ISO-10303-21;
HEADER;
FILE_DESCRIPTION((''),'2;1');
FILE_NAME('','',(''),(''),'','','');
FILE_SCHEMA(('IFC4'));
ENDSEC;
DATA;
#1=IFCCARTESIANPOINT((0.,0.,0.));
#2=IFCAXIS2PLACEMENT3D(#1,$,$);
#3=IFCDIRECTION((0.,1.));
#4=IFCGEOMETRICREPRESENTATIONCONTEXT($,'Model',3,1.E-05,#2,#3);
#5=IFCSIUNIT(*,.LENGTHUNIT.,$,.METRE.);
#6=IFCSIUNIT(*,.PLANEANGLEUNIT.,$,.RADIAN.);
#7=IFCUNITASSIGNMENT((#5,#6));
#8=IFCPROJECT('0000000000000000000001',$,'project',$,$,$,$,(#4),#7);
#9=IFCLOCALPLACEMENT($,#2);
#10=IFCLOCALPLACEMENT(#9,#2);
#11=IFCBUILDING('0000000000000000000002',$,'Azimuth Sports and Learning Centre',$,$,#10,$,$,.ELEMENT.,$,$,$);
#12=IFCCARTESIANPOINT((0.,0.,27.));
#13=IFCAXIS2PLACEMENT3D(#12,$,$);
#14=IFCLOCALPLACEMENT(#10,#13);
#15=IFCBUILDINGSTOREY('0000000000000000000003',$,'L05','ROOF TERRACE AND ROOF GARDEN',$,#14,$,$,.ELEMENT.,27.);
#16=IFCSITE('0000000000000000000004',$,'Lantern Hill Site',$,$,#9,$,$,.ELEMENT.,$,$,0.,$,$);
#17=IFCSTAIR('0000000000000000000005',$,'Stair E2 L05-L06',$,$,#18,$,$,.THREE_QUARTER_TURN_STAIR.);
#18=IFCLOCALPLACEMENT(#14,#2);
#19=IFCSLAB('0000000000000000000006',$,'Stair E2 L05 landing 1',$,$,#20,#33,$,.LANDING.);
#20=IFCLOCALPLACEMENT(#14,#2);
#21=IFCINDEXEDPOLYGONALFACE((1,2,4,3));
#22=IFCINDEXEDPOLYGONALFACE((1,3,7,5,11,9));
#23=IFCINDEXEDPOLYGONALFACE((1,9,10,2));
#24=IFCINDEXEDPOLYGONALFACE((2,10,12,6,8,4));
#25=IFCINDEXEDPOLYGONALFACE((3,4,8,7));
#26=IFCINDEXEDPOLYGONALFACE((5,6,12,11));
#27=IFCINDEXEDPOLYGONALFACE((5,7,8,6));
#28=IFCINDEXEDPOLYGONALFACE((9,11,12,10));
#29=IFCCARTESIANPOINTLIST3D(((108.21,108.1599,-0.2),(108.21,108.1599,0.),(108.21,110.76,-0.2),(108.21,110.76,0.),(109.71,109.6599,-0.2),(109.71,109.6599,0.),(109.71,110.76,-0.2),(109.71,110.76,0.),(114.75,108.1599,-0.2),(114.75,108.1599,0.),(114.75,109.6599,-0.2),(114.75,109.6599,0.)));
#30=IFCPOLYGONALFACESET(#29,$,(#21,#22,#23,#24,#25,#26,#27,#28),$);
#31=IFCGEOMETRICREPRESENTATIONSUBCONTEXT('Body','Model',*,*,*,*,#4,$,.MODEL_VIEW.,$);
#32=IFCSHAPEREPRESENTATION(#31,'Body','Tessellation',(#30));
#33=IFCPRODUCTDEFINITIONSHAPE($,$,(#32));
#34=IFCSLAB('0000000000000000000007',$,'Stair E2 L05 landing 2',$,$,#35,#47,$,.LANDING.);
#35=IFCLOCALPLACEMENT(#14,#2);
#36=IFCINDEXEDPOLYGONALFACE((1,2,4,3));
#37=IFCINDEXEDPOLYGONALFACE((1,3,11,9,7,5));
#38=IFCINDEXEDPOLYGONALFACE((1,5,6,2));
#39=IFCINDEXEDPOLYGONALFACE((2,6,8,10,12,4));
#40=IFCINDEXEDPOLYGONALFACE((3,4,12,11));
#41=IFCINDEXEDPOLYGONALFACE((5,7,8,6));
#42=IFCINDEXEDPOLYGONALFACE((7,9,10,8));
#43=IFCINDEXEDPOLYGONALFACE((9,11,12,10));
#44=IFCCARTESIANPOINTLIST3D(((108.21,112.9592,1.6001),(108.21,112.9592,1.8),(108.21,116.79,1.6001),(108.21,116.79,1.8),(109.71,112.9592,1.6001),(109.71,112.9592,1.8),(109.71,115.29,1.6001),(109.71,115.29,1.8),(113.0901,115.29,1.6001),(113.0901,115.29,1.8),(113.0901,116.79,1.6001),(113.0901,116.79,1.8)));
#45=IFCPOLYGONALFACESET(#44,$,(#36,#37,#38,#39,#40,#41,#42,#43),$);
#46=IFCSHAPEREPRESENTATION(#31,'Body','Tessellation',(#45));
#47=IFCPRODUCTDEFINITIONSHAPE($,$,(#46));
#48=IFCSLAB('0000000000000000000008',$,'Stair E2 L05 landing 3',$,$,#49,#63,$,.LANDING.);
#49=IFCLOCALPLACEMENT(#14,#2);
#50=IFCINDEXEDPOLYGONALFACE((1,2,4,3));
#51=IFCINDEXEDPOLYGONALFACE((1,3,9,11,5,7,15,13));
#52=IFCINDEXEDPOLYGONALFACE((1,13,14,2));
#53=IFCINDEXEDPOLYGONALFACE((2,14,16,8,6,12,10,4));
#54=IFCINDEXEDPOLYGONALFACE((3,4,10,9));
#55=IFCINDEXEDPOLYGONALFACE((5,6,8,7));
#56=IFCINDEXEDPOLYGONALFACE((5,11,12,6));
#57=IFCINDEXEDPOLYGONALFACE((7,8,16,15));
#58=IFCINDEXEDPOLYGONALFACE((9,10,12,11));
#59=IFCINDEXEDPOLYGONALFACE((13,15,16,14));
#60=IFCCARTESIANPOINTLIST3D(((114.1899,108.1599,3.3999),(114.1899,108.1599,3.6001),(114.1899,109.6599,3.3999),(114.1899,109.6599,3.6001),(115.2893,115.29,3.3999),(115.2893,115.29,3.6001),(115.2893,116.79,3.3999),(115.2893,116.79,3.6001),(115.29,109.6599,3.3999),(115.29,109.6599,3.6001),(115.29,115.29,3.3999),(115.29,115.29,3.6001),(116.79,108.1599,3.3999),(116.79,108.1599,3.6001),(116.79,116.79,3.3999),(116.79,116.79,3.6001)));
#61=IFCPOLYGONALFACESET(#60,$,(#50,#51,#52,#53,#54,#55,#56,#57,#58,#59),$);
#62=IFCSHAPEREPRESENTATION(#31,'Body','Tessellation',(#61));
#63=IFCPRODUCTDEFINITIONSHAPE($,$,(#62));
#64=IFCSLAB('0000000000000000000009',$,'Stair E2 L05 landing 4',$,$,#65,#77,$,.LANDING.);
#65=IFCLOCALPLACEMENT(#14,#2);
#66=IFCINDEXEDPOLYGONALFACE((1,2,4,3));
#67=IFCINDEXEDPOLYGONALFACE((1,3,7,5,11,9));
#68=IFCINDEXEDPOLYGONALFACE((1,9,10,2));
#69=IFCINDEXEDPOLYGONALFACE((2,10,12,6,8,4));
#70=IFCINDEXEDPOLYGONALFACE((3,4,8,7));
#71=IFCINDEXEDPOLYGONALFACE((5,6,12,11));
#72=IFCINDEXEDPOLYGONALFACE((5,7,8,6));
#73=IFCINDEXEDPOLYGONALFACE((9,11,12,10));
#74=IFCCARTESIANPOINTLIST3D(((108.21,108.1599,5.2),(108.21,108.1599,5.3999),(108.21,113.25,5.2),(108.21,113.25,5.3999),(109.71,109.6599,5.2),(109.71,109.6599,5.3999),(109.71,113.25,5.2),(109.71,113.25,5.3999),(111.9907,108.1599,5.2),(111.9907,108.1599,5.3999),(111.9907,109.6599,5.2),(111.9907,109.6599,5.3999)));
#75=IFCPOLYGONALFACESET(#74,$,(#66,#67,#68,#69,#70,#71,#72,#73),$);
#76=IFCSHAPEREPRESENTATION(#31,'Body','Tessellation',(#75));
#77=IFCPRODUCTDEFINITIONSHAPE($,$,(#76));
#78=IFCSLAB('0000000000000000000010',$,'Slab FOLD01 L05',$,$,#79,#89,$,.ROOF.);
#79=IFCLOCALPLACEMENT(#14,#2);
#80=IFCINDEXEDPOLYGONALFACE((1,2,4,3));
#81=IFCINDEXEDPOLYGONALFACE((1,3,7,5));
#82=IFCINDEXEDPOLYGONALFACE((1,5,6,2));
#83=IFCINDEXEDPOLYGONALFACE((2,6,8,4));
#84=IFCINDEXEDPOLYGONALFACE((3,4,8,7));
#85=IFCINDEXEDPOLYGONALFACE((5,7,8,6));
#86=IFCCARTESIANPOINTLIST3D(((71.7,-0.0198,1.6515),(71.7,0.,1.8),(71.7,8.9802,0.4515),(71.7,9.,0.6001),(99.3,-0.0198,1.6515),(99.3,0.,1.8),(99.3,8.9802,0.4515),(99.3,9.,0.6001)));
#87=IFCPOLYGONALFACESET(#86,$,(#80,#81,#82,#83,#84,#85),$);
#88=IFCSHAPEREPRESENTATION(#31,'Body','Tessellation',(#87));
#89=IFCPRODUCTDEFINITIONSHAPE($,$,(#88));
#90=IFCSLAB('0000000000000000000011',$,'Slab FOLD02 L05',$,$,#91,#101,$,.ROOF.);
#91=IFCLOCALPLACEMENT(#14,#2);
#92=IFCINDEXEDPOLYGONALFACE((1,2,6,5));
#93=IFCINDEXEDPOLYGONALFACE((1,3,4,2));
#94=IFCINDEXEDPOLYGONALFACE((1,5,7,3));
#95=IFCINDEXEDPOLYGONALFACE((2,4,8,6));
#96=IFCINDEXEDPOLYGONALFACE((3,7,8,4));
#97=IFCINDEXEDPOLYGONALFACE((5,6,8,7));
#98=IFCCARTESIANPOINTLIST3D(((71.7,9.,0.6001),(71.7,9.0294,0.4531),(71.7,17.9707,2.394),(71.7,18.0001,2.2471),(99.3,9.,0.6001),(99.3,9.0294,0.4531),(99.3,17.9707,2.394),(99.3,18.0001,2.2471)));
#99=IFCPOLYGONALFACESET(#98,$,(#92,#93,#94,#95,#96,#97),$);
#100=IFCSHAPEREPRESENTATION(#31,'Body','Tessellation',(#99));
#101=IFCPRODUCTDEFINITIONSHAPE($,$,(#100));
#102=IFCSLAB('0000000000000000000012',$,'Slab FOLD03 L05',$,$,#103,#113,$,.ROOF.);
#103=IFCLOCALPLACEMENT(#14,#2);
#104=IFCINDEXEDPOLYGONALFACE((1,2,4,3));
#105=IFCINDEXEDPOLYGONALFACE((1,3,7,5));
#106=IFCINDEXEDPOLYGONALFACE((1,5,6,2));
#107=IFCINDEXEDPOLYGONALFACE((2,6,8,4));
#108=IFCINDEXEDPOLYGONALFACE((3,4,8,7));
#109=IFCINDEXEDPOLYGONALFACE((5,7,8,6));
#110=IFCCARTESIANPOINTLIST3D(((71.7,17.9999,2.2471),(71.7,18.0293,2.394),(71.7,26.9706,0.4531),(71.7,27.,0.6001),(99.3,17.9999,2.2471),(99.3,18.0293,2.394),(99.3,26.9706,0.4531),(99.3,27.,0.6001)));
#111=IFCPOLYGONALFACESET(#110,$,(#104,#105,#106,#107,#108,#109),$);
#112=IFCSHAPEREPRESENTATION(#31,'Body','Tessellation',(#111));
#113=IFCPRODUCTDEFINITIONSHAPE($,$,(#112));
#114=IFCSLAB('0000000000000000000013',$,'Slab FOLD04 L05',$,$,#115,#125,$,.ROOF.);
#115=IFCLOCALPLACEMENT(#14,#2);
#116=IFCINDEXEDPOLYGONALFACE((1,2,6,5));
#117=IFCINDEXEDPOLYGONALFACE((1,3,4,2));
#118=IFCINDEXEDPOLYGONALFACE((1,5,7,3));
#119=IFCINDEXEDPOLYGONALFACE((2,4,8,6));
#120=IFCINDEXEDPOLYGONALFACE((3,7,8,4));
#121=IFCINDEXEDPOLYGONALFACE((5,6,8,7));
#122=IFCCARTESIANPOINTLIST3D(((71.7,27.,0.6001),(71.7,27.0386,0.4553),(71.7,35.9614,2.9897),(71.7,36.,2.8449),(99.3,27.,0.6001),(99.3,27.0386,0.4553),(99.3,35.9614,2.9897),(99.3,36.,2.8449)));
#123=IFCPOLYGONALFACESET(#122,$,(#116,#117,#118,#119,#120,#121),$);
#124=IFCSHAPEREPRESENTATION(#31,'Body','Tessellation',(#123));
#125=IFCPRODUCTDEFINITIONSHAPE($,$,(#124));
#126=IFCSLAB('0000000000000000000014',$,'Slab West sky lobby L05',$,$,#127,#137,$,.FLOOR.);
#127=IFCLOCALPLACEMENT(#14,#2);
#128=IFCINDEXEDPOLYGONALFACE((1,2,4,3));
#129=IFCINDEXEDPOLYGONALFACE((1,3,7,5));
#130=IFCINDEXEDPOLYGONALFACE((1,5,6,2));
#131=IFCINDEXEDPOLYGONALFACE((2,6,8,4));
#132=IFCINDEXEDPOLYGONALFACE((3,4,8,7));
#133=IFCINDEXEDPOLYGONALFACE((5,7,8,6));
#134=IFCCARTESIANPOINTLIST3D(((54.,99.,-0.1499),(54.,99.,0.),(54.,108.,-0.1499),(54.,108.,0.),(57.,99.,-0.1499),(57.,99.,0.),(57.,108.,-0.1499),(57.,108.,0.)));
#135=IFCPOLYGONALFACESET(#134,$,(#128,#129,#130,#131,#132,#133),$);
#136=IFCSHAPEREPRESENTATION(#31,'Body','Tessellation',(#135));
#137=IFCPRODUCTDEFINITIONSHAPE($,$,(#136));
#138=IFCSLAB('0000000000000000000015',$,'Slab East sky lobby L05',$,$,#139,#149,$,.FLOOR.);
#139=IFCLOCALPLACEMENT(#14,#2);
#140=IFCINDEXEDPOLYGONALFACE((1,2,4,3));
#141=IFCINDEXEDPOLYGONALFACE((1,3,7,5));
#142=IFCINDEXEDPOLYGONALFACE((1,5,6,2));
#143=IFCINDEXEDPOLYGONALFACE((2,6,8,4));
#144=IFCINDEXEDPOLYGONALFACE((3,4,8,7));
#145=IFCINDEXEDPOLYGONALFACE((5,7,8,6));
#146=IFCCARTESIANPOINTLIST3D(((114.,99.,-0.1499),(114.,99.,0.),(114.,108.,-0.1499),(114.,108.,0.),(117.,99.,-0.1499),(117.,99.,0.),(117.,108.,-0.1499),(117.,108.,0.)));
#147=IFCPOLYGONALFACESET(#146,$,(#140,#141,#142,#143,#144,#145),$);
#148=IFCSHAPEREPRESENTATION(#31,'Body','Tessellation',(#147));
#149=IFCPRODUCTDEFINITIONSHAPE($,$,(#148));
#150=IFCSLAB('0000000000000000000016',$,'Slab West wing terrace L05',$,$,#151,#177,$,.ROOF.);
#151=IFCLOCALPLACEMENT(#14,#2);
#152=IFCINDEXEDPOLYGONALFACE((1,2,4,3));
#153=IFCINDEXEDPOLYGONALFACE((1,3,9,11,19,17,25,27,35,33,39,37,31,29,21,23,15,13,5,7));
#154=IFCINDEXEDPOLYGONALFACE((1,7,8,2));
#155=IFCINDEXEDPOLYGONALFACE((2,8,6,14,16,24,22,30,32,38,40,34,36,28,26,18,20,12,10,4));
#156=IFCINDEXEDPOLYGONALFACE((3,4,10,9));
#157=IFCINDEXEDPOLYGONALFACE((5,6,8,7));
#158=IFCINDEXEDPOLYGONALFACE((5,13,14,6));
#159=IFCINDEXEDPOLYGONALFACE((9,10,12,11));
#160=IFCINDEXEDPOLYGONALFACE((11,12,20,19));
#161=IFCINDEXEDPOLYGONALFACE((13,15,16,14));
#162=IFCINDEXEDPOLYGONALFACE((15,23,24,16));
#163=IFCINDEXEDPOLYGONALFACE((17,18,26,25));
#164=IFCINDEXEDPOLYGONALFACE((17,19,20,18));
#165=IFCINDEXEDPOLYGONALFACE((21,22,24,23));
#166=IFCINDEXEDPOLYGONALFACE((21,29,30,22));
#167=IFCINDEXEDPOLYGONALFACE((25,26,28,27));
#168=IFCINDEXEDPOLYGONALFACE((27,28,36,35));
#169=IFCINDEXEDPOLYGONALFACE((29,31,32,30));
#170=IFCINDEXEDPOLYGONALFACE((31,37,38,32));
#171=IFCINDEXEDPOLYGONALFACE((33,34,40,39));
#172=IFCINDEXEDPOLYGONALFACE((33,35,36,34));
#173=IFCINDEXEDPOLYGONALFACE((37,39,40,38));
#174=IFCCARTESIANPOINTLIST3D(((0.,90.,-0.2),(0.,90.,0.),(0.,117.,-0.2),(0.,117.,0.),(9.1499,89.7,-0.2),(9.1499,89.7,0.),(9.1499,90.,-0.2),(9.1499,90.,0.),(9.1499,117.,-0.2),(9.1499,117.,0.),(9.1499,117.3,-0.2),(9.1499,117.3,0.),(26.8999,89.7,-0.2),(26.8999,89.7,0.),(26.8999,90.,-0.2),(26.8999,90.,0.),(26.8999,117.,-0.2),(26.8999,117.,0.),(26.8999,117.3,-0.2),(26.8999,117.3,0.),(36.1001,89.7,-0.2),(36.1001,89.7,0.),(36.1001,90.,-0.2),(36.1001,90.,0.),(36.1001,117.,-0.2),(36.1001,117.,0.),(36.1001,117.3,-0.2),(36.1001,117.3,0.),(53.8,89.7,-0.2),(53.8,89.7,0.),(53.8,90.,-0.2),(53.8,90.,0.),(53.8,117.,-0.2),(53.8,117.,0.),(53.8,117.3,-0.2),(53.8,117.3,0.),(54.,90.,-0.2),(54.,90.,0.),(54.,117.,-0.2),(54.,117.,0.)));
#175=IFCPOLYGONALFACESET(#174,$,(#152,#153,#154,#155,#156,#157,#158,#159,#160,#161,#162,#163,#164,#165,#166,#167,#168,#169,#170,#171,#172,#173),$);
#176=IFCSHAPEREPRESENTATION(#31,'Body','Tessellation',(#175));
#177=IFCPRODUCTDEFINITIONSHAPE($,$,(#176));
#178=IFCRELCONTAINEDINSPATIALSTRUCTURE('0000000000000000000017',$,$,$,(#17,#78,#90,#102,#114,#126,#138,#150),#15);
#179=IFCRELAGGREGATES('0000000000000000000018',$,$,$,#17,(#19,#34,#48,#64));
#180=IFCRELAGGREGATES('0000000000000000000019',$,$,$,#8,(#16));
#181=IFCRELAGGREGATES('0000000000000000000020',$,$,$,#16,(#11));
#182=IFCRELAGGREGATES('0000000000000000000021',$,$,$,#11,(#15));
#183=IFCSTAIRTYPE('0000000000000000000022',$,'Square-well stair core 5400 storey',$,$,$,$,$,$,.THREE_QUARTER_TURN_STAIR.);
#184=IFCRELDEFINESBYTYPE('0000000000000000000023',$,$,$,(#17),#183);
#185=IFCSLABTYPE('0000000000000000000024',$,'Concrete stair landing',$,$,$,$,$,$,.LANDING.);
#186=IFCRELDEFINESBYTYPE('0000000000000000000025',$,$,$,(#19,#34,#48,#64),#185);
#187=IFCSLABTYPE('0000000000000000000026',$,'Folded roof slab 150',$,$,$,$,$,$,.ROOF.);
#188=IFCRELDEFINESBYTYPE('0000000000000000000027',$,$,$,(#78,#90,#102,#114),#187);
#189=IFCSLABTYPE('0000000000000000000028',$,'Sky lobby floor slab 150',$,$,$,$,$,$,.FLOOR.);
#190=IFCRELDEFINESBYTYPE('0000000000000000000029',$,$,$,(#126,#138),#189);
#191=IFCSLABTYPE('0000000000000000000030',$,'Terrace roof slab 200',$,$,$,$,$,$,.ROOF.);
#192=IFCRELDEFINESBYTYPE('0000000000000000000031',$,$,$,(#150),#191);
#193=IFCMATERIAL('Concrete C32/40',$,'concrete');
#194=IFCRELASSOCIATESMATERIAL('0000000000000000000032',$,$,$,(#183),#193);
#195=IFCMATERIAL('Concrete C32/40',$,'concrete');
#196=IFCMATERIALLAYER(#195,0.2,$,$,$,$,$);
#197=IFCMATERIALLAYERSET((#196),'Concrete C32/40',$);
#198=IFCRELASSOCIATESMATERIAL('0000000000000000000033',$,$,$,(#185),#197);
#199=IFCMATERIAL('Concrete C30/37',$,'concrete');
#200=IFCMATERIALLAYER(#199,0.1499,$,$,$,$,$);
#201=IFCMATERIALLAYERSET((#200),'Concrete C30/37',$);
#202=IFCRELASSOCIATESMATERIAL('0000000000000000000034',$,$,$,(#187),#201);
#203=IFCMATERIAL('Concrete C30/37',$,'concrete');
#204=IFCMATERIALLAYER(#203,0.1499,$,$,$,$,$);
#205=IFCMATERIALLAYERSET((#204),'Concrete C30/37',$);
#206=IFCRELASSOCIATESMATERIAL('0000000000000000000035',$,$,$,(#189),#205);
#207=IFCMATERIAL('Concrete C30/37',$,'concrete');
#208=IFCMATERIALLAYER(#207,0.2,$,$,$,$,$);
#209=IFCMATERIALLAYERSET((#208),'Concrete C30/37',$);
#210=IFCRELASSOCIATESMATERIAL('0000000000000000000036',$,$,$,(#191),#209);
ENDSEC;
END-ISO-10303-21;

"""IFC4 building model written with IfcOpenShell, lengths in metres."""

from ifc_helpers import new_model, si_unit, direction, frame, origin, place, context, subcontext, project, spatial, polyline, outline, extrude, material, layer, layer_set, type_object, element, aggregate, save


model = new_model("IFC4")

# Units and contexts
model_context = context("Model", 3, precision=1e-05, world=origin(), true_north=direction((0.0, 1.0)))
body_context = subcontext(model_context, "Body", "Model", "MODEL_VIEW")
ifc_project = project(units=[si_unit("LENGTHUNIT", "METRE"), si_unit("PLANEANGLEUNIT", "RADIAN")], contexts=[model_context])

# Site, building, storey
site_placement = place(None, origin())
site = spatial("IfcSite", under=ifc_project, at=site_placement, Name="Lantern Hill Site", CompositionType="ELEMENT", RefElevation=0.0)
building_placement = place(site_placement, origin())
building = spatial("IfcBuilding", under=site, at=building_placement, Name="Azimuth Sports and Learning Centre", CompositionType="ELEMENT")
storey_placement = place(building_placement, frame((0.0, 0.0, 27.0)))
storey = spatial("IfcBuildingStorey", under=building, at=storey_placement, Name="L05", Description="ROOF TERRACE AND ROOF GARDEN", CompositionType="ELEMENT", Elevation=27.0)

# Stair, slabs
ifc_material_1 = material(Name="Concrete C32/40", Category="concrete")
stair_type = type_object("IfcStairType", Name="Square-well stair core 5400 storey", PredefinedType="THREE_QUARTER_TURN_STAIR", material=ifc_material_1)
ifc_material_2 = material(Name="Concrete C32/40", Category="concrete")
ifc_layer_1 = layer(ifc_material_2, 0.2)
ifc_layer_set_1 = layer_set([ifc_layer_1], Name="Concrete C32/40")
slab_type_1 = type_object("IfcSlabType", Name="Concrete stair landing", PredefinedType="LANDING", material=ifc_layer_set_1)
stair_1_placement = place(storey_placement, origin())
stair_1 = element("IfcStair", 1, at=stair_1_placement, inside=storey, type_object=stair_type, Name="Stair E2 L05-L06", PredefinedType="THREE_QUARTER_TURN_STAIR")
slab_1_placement = place(storey_placement, frame((0.0, 0.0, -0.2)))
slab_1 = element("IfcSlab", 2, at=slab_1_placement, type_object=slab_type_1, Name="Stair E2 L05 landing 1", PredefinedType="LANDING", context=body_context, shape_type="SweptSolid", body=[
    extrude(outline(polyline([(108.21, 108.1599), (114.75, 108.1599), (114.75, 109.6599), (109.71, 109.6599), (109.71, 110.76), (108.21, 110.76), (108.21, 108.1599)])), origin(), (0.0, 0.0, 1.0), 0.2),
])
slab_2_placement = place(storey_placement, frame((0.0, 0.0, 1.6001)))
slab_2 = element("IfcSlab", 3, at=slab_2_placement, type_object=slab_type_1, Name="Stair E2 L05 landing 2", PredefinedType="LANDING", context=body_context, shape_type="SweptSolid", body=[
    extrude(outline(polyline([(109.71, 115.29), (113.0901, 115.29), (113.0901, 116.79), (108.21, 116.79), (108.21, 112.9592), (109.71, 112.9592), (109.71, 115.29)])), origin(), (0.0, 0.0, 1.0), 0.2),
])
slab_3_placement = place(storey_placement, frame((0.0, 0.0, 3.3999)))
slab_3 = element("IfcSlab", 4, at=slab_3_placement, type_object=slab_type_1, Name="Stair E2 L05 landing 3", PredefinedType="LANDING", context=body_context, shape_type="SweptSolid", body=[
    extrude(outline(polyline([(115.29, 115.29), (115.29, 109.6599), (114.1899, 109.6599), (114.1899, 108.1599), (116.79, 108.1599), (116.79, 116.79), (115.2893, 116.79), (115.2893, 115.29), (115.29, 115.29)])), origin(), (0.0, 0.0, 1.0), 0.2002),
])
slab_4_placement = place(storey_placement, frame((0.0, 0.0, 5.2)))
slab_4 = element("IfcSlab", 5, at=slab_4_placement, type_object=slab_type_1, Name="Stair E2 L05 landing 4", PredefinedType="LANDING", context=body_context, shape_type="SweptSolid", body=[
    extrude(outline(polyline([(109.71, 109.6599), (109.71, 113.25), (108.21, 113.25), (108.21, 108.1599), (111.9907, 108.1599), (111.9907, 109.6599), (109.71, 109.6599)])), origin(), (0.0, 0.0, 1.0), 0.2),
])
aggregate(stair_1, [slab_1, slab_2, slab_3, slab_4])

# Slabs
ifc_material_3 = material(Name="Concrete C30/37", Category="concrete")
ifc_layer_2 = layer(ifc_material_3, 0.1499)
ifc_layer_set_2 = layer_set([ifc_layer_2], Name="Concrete C30/37")
slab_type_2 = type_object("IfcSlabType", Name="Folded roof slab 150", PredefinedType="ROOF", material=ifc_layer_set_2)
slab_5_placement = place(storey_placement, frame((71.7, 0.0, 1.8), z_axis=(0.0, 0.132158, 0.991229), x_axis=(1.0, 0.0, 0.0)))
element("IfcSlab", 6, at=slab_5_placement, inside=storey, type_object=slab_type_2, Name="Slab FOLD01 L05", PredefinedType="ROOF", context=body_context, shape_type="SweptSolid", body=[
    extrude(outline(polyline([(0.0, 0.0), (27.6001, 0.0), (27.6001, 9.0796), (0.0, 9.0796), (0.0, 0.0)])), origin(), (0.0, 0.0, -1.0), 0.1499),
])
for number, where, z_axis, x_axis, name in (
    (7, (71.7, 9.0, 0.6001), (0.0, -0.196096, 0.980585), (1.0, 0.0, 0.0), "Slab FOLD02 L05"),
    (8, (71.7, 18.0293, 2.394), (0.0, 0.196096, 0.980585), (1.0, 0.0, 0.0), "Slab FOLD03 L05"),
):
    element("IfcSlab", number, at=place(storey_placement, frame(where, z_axis=z_axis, x_axis=x_axis)), inside=storey, type_object=slab_type_2, Name=name, PredefinedType="ROOF", context=body_context, shape_type="SweptSolid", body=[
        extrude(outline(polyline([(0.0, 0.0), (27.6001, 0.0), (27.6001, 9.1483), (0.0, 9.1483), (0.0, 0.0)])), origin(), (0.0, 0.0, -1.0), 0.1499),
    ])
slab_6_placement = place(storey_placement, frame((71.7, 27.0, 0.6001), z_axis=(0.0, -0.257656, 0.966237), x_axis=(1.0, 0.0, 0.0)))
element("IfcSlab", 9, at=slab_6_placement, inside=storey, type_object=slab_type_2, Name="Slab FOLD04 L05", PredefinedType="ROOF", context=body_context, shape_type="SweptSolid", body=[
    extrude(outline(polyline([(0.0, 0.0), (27.6001, 0.0), (27.6001, 9.2746), (0.0, 9.2746), (0.0, 0.0)])), origin(), (0.0, 0.0, -1.0), 0.1499),
])
ifc_material_4 = material(Name="Concrete C30/37", Category="concrete")
ifc_layer_3 = layer(ifc_material_4, 0.1499)
ifc_layer_set_3 = layer_set([ifc_layer_3], Name="Concrete C30/37")
slab_type_3 = type_object("IfcSlabType", Name="Sky lobby floor slab 150", PredefinedType="FLOOR", material=ifc_layer_set_3)
slab_7_placement = place(storey_placement, frame((0.0, 0.0, -0.1499)))
element("IfcSlab", 10, at=slab_7_placement, inside=storey, type_object=slab_type_3, Name="Slab West sky lobby L05", PredefinedType="FLOOR", context=body_context, shape_type="SweptSolid", body=[
    extrude(outline(polyline([(54.0, 99.0), (57.0, 99.0), (57.0, 108.0), (54.0, 108.0), (54.0, 99.0)])), origin(), (0.0, 0.0, 1.0), 0.1499),
])
slab_8_placement = place(storey_placement, frame((0.0, 0.0, -0.1499)))
element("IfcSlab", 11, at=slab_8_placement, inside=storey, type_object=slab_type_3, Name="Slab East sky lobby L05", PredefinedType="FLOOR", context=body_context, shape_type="SweptSolid", body=[
    extrude(outline(polyline([(114.0, 99.0), (117.0, 99.0), (117.0, 108.0), (114.0, 108.0), (114.0, 99.0)])), origin(), (0.0, 0.0, 1.0), 0.1499),
])
ifc_material_5 = material(Name="Concrete C30/37", Category="concrete")
ifc_layer_4 = layer(ifc_material_5, 0.2)
ifc_layer_set_4 = layer_set([ifc_layer_4], Name="Concrete C30/37")
slab_type_4 = type_object("IfcSlabType", Name="Terrace roof slab 200", PredefinedType="ROOF", material=ifc_layer_set_4)
slab_9_placement = place(storey_placement, frame((0.0, 0.0, -0.2)))
element("IfcSlab", 12, at=slab_9_placement, inside=storey, type_object=slab_type_4, Name="Slab West wing terrace L05", PredefinedType="ROOF", context=body_context, shape_type="SweptSolid", body=[
    extrude(outline(polyline([(9.1499, 89.7), (26.8999, 89.7), (26.8999, 90.0), (36.1001, 90.0), (36.1001, 89.7), (53.8, 89.7), (53.8, 90.0), (54.0, 90.0), (54.0, 117.0), (53.8, 117.0), (53.8, 117.3), (36.1001, 117.3), (36.1001, 117.0), (26.8999, 117.0), (26.8999, 117.3), (9.1499, 117.3), (9.1499, 117.0), (0.0, 117.0), (0.0, 90.0), (9.1499, 90.0), (9.1499, 89.7)])), origin(), (0.0, 0.0, 1.0), 0.2),
])

save(model, "model.ifc")
